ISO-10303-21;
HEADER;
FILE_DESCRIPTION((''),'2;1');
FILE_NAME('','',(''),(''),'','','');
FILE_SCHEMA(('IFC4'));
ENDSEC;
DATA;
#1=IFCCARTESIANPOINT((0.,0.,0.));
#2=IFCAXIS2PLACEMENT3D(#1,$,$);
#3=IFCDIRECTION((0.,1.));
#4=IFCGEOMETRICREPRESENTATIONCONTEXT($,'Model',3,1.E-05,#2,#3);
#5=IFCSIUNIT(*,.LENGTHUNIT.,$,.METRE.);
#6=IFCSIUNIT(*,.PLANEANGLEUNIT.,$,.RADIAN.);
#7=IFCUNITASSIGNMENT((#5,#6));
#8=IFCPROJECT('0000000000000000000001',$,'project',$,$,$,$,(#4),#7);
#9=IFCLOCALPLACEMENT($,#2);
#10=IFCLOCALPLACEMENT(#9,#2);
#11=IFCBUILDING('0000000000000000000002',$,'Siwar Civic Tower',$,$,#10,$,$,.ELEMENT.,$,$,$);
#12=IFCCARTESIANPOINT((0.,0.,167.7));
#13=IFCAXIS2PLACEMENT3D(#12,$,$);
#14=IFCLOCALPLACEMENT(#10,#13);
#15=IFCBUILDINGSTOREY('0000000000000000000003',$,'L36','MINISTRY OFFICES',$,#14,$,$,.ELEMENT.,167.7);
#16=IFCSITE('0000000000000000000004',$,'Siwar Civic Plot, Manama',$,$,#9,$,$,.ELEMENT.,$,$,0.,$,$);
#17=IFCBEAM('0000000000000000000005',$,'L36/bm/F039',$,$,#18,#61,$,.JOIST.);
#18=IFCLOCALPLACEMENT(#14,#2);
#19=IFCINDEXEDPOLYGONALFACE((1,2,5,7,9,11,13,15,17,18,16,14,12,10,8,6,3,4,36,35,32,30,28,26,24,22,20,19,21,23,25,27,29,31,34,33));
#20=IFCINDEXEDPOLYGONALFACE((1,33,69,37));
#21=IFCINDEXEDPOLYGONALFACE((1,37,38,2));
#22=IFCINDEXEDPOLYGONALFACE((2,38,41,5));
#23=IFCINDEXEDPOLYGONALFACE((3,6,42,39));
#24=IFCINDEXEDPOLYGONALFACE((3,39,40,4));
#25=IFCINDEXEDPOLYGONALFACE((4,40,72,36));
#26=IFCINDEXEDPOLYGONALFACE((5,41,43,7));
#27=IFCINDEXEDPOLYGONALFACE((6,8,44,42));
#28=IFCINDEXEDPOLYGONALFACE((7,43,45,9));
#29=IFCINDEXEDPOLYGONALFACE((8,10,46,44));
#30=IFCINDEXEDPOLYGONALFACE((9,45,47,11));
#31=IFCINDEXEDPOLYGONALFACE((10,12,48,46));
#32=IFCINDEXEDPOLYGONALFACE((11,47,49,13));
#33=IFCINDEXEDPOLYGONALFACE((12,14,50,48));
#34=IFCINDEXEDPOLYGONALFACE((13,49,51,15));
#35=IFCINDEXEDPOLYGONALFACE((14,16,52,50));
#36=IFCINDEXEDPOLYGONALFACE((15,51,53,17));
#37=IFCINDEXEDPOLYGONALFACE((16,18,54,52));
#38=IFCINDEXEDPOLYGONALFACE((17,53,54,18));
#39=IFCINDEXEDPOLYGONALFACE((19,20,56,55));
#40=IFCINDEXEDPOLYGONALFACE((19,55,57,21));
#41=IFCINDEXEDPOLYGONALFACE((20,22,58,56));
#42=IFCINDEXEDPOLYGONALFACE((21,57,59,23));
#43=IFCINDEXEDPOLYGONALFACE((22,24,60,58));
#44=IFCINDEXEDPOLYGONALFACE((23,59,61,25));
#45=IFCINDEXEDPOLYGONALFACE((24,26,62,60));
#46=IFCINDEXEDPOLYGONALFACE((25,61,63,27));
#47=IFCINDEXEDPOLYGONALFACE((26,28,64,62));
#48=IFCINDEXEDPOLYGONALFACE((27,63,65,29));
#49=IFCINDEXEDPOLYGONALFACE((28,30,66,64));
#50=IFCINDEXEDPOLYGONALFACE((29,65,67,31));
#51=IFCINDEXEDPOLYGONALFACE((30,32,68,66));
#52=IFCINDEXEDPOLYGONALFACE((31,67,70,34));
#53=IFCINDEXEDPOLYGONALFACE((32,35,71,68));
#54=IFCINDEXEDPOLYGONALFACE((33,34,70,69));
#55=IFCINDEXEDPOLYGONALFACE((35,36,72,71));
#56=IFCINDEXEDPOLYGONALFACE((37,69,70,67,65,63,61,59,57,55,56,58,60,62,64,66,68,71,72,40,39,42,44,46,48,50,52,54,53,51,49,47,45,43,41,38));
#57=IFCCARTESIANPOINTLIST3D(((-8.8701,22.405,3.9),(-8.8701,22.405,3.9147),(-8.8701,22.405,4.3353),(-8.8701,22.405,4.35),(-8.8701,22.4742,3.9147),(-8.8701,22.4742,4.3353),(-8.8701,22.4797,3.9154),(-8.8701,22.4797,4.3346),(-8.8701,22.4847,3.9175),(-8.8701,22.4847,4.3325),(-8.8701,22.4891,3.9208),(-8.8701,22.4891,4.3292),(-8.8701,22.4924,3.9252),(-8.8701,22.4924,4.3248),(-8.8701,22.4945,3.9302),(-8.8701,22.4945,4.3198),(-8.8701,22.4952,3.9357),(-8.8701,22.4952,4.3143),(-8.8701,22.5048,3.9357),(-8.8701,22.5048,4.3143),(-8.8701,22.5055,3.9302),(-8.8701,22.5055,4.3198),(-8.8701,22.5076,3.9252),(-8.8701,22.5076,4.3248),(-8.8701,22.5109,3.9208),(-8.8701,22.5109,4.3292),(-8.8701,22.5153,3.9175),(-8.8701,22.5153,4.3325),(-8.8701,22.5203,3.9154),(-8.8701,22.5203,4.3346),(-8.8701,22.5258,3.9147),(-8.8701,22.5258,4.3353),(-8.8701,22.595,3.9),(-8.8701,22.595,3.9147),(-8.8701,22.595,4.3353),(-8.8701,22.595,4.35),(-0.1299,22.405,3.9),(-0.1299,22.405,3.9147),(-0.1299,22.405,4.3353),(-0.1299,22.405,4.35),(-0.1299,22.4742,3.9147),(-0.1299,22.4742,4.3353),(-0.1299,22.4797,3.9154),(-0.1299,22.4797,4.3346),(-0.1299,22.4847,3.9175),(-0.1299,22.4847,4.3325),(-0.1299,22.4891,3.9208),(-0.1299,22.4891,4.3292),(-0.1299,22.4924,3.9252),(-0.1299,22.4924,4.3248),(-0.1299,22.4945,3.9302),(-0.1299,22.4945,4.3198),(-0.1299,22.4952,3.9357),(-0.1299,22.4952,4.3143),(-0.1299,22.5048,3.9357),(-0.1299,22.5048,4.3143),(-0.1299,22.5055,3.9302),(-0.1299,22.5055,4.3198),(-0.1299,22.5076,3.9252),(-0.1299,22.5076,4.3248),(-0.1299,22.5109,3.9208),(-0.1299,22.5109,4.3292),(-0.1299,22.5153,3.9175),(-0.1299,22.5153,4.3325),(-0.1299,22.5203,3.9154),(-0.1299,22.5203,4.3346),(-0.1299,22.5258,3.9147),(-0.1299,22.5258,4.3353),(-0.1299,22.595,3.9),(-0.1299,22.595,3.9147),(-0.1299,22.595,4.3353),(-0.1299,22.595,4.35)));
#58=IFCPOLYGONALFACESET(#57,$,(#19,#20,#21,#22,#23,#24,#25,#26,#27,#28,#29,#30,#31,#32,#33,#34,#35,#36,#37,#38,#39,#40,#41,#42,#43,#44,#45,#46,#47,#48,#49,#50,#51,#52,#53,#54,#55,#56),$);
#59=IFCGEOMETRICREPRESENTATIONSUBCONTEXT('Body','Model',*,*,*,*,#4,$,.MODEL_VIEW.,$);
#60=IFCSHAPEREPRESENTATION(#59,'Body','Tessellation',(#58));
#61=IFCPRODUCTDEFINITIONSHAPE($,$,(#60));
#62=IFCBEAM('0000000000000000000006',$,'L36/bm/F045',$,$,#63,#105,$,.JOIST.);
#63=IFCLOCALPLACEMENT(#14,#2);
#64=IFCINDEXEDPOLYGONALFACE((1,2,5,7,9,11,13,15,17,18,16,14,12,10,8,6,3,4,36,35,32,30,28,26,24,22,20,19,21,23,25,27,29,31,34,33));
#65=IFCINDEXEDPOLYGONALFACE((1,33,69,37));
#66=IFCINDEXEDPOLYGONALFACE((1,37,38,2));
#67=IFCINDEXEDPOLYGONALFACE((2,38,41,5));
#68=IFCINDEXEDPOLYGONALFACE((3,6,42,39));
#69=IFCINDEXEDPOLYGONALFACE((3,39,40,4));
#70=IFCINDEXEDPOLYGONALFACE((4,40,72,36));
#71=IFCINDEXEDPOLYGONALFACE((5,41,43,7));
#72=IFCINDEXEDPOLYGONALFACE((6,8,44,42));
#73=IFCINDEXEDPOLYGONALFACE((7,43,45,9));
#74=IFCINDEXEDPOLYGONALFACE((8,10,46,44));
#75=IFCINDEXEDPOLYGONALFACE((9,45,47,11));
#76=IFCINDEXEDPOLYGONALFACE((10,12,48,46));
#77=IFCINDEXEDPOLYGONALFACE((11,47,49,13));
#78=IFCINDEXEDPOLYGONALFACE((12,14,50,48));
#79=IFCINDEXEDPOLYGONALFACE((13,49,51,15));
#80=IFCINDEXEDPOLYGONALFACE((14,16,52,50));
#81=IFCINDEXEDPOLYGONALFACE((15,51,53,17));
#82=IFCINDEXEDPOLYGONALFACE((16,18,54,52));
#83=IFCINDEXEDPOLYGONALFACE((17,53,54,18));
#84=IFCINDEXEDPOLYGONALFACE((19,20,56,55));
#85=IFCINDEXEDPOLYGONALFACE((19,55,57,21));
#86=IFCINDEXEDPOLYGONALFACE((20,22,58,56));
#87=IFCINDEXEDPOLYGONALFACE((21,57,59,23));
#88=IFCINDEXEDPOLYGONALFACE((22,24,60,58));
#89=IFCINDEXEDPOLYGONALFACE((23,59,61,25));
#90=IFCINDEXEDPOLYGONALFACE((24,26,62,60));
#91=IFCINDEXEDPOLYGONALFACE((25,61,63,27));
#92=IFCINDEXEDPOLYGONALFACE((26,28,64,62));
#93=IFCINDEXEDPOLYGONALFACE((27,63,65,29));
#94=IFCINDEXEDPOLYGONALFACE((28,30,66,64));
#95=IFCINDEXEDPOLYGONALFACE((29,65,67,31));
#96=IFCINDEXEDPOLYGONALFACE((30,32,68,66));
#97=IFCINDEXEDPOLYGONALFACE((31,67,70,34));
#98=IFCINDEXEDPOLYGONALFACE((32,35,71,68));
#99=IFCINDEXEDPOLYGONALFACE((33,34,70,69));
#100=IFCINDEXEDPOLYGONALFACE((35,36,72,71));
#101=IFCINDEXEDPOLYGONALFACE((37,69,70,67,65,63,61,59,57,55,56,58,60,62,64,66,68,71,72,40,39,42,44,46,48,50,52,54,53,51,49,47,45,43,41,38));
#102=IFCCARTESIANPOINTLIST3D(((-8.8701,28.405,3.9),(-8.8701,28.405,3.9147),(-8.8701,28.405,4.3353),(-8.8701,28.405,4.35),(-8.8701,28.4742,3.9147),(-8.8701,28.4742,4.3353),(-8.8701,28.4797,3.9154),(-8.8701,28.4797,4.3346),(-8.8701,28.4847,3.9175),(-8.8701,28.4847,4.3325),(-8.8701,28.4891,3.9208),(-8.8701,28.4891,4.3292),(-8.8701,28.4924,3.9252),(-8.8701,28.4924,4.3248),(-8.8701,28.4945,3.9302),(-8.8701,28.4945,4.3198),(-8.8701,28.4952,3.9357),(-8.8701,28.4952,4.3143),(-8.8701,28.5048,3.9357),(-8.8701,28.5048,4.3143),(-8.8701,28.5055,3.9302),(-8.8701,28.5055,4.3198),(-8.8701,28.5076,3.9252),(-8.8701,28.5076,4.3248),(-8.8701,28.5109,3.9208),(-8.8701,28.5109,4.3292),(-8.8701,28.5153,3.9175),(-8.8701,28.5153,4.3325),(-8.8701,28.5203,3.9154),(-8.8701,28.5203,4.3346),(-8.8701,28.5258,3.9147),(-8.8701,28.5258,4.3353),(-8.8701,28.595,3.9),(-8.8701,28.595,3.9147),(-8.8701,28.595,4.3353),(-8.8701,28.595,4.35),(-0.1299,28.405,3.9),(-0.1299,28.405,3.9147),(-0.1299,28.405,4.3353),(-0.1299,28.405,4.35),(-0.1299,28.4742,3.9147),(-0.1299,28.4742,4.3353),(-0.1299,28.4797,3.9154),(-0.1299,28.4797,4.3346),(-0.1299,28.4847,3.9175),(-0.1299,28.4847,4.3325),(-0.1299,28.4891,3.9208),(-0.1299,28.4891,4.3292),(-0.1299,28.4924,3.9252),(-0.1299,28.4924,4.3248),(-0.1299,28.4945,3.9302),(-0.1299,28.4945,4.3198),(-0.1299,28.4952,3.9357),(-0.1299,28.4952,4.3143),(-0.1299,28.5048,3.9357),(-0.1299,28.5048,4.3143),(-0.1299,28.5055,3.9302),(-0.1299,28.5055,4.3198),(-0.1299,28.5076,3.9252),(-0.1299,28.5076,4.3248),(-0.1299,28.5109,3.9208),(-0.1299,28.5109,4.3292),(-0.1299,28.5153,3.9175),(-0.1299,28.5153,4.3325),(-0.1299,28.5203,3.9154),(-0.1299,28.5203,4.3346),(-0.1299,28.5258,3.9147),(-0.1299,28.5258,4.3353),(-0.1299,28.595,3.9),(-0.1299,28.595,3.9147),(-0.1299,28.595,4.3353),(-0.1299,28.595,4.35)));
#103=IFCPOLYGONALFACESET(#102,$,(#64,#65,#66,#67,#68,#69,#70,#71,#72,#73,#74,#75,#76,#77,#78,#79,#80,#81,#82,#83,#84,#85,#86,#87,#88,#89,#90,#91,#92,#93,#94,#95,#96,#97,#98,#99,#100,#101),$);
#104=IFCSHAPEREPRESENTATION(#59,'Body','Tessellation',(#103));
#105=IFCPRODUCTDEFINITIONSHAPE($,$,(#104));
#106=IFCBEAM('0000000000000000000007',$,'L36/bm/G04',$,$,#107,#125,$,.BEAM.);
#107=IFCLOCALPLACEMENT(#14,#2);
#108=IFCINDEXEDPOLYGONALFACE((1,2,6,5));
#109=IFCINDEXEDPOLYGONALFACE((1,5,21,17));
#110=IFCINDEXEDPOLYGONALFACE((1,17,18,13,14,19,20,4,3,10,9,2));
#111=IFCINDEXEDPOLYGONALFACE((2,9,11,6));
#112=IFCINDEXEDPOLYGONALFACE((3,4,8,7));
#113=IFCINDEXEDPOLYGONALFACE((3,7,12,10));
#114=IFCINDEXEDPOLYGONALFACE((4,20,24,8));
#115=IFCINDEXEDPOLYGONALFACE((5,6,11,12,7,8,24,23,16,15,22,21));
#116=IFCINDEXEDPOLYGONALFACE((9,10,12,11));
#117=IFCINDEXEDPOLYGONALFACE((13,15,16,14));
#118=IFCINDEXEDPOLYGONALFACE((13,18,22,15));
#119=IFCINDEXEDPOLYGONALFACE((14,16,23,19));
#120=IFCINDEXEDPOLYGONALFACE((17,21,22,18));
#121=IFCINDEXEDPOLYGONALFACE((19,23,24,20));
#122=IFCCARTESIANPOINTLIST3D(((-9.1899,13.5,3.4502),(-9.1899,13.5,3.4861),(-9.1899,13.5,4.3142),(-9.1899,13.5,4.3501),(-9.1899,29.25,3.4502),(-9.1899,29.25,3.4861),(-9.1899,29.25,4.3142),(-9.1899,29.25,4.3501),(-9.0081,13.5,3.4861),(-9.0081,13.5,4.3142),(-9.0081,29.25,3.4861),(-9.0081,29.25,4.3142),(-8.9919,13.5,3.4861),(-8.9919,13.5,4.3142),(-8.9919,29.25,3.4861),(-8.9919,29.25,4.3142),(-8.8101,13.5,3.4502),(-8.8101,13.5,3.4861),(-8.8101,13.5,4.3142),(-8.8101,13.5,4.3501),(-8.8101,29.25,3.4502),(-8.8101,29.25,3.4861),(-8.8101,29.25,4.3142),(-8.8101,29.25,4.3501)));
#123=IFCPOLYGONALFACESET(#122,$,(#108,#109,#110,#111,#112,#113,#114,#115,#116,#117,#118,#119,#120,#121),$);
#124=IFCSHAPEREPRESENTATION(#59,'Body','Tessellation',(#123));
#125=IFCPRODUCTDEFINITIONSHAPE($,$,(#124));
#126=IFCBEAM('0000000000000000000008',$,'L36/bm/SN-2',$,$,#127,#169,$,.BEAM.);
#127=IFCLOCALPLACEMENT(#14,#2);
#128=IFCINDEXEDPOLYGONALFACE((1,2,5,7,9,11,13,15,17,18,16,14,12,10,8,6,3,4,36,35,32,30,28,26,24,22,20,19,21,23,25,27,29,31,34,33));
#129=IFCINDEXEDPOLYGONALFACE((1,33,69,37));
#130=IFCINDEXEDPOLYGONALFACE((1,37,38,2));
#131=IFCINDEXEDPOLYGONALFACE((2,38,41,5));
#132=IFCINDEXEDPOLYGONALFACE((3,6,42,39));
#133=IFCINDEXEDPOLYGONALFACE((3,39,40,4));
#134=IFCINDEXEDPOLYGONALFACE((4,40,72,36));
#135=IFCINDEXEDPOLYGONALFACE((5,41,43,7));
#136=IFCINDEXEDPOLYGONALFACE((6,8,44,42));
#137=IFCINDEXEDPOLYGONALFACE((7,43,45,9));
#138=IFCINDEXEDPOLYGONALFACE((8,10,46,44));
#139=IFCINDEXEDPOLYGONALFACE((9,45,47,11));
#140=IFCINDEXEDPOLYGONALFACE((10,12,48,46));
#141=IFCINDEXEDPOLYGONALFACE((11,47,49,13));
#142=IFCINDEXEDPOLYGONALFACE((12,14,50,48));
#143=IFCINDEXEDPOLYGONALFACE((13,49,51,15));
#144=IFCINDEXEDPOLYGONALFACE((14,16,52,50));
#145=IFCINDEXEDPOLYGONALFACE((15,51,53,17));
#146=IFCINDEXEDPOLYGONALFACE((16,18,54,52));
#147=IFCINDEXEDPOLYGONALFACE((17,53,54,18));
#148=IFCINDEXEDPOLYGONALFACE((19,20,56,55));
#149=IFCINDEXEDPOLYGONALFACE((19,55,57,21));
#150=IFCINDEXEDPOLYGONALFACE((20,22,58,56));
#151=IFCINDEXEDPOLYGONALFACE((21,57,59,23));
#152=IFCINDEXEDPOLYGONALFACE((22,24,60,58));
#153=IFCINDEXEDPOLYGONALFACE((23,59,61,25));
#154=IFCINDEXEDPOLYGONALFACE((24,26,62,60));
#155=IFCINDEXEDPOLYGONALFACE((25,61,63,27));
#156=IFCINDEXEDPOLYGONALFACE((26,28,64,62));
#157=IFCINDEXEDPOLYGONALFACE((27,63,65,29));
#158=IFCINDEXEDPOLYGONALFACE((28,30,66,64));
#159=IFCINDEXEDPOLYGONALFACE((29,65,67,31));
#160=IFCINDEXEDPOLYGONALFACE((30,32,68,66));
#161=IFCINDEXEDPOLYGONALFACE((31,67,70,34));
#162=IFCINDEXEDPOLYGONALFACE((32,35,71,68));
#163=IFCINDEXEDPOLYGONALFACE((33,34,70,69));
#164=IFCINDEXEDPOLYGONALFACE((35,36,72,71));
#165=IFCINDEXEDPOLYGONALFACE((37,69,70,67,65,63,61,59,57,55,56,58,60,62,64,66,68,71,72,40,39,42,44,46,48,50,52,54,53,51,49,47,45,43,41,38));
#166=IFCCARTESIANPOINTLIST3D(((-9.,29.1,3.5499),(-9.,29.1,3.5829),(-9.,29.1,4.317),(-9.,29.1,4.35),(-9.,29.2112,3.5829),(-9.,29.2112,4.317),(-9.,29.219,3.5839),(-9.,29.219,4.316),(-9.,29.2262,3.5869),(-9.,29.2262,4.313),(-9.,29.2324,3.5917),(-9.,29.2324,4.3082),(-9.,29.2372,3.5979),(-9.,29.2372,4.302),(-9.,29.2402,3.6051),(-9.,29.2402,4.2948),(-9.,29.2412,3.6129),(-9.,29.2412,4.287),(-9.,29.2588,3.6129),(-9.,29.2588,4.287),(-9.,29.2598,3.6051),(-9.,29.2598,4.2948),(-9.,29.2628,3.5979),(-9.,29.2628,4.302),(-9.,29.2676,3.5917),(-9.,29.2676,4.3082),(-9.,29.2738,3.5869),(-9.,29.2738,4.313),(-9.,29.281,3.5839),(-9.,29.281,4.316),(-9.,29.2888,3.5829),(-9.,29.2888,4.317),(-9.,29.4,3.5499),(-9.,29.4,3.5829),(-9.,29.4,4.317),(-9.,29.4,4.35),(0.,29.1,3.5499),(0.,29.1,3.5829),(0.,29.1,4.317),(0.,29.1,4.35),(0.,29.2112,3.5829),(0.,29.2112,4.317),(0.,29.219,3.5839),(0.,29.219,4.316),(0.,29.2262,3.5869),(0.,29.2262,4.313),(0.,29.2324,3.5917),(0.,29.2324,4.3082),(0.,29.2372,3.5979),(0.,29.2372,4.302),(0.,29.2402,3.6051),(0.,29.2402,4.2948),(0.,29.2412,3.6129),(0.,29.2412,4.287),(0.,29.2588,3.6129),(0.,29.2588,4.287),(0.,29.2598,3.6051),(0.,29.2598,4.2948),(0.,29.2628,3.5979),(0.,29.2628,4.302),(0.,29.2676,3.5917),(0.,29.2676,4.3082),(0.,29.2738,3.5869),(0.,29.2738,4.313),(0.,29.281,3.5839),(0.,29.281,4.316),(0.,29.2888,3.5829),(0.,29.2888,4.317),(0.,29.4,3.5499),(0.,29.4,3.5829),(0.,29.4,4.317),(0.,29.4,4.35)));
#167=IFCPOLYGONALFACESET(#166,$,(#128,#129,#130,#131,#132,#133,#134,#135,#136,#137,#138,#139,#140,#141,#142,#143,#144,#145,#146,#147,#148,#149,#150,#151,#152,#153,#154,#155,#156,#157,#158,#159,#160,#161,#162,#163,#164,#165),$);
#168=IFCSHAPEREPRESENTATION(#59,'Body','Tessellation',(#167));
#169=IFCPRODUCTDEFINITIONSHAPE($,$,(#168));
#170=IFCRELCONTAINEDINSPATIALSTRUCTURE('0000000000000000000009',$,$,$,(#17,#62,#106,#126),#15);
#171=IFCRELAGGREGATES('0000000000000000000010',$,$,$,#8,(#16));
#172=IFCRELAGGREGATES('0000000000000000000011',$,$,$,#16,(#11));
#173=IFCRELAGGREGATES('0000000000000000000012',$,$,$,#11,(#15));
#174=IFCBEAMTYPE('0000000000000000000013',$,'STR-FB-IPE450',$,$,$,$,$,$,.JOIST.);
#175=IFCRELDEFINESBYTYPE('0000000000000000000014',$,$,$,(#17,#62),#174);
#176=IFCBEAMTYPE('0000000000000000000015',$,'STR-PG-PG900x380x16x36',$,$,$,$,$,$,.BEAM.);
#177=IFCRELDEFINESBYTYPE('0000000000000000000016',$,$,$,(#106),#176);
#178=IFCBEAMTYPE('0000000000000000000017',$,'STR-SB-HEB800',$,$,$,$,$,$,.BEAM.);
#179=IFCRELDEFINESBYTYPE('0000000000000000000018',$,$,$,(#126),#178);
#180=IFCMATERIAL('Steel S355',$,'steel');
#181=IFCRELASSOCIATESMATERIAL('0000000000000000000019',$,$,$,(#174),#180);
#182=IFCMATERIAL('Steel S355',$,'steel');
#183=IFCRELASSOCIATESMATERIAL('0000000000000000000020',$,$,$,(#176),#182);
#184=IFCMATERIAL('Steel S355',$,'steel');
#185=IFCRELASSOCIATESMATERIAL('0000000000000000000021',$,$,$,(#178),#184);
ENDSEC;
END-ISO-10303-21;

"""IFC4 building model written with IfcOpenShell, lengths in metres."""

from ifc_helpers import new_model, si_unit, direction, frame, origin, origin_2d, place, context, subcontext, project, spatial, i_section, extrude, material, material_profile, profile_set, type_object, element, save


model = new_model("IFC4")

# Units and contexts
model_context = context("Model", 3, precision=1e-05, world=origin(), true_north=direction((0.0, 1.0)))
body_context = subcontext(model_context, "Body", "Model", "MODEL_VIEW")
ifc_project = project(units=[si_unit("LENGTHUNIT", "METRE"), si_unit("PLANEANGLEUNIT", "RADIAN")], contexts=[model_context])

# Site, building, storey
site_placement = place(None, origin())
site = spatial("IfcSite", under=ifc_project, at=site_placement, Name="Siwar Civic Plot, Manama", CompositionType="ELEMENT", RefElevation=0.0)
building_placement = place(site_placement, origin())
building = spatial("IfcBuilding", under=site, at=building_placement, Name="Siwar Civic Tower", CompositionType="ELEMENT")
storey_placement = place(building_placement, frame((0.0, 0.0, 167.7)))
storey = spatial("IfcBuildingStorey", under=building, at=storey_placement, Name="L36", Description="MINISTRY OFFICES", CompositionType="ELEMENT", Elevation=167.7)

# Beams
ifc_material_1 = material(Name="Steel S355", Category="steel")
ifc_material_profile_1 = material_profile(ifc_material_1, i_section(OverallWidth=0.1899, OverallDepth=0.45, WebThickness=0.0095, FlangeThickness=0.0146, FilletRadius=0.021, at=origin_2d()), Name="IPE450")
ifc_profile_set_1 = profile_set([ifc_material_profile_1], Name="Steel S355")
beam_type_1 = type_object("IfcBeamType", Name="STR-FB-IPE450", PredefinedType="JOIST", material=ifc_profile_set_1)
for number, where, z_axis, x_axis, name in (
    (1, (-8.8701, 22.5, 4.125), (1.0, 0.0, 0.0), (0.0, 1.0, 0.0), "L36/bm/F039"),
    (2, (-8.8701, 28.5, 4.125), (1.0, 0.0, 0.0), (0.0, 1.0, 0.0), "L36/bm/F045"),
):
    element("IfcBeam", number, at=place(storey_placement, frame(where, z_axis=z_axis, x_axis=x_axis)), inside=storey, type_object=beam_type_1, Name=name, PredefinedType="JOIST", context=body_context, shape_type="SweptSolid", body=[
        extrude(i_section(OverallWidth=0.1899, OverallDepth=0.45, WebThickness=0.0095, FlangeThickness=0.0146, FilletRadius=0.021, at=origin_2d()), origin(), (0.0, 0.0, 1.0), 8.7402),
    ])
ifc_material_2 = material(Name="Steel S355", Category="steel")
ifc_material_profile_2 = material_profile(ifc_material_2, i_section(OverallWidth=0.3799, OverallDepth=0.8999, WebThickness=0.0161, FlangeThickness=0.0359, at=origin_2d()), Name="PG900x380x16x36")
ifc_profile_set_2 = profile_set([ifc_material_profile_2], Name="Steel S355")
beam_type_2 = type_object("IfcBeamType", Name="STR-PG-PG900x380x16x36", PredefinedType="BEAM", material=ifc_profile_set_2)
beam_1_placement = place(storey_placement, frame((-9.0, 13.5, 3.9001), z_axis=(0.0, 1.0, 0.0), x_axis=(-1.0, 0.0, 0.0)))
element("IfcBeam", 3, at=beam_1_placement, inside=storey, type_object=beam_type_2, Name="L36/bm/G04", PredefinedType="BEAM", context=body_context, shape_type="SweptSolid", body=[
    extrude(i_section(OverallWidth=0.3799, OverallDepth=0.8999, WebThickness=0.0161, FlangeThickness=0.0359, at=origin_2d()), origin(), (0.0, 0.0, 1.0), 15.75),
])
ifc_material_3 = material(Name="Steel S355", Category="steel")
ifc_material_profile_3 = material_profile(ifc_material_3, i_section(OverallWidth=0.3, OverallDepth=0.8, WebThickness=0.0176, FlangeThickness=0.033, FilletRadius=0.03, at=origin_2d()), Name="HEB800")
ifc_profile_set_3 = profile_set([ifc_material_profile_3], Name="Steel S355")
beam_type_3 = type_object("IfcBeamType", Name="STR-SB-HEB800", PredefinedType="BEAM", material=ifc_profile_set_3)
for number, where, z_axis, x_axis, name in (
    (4, (0.0, 29.25, 3.95), (-1.0, 0.0, 0.0), (0.0, -1.0, 0.0), "L36/bm/SN-2"),
):
    element("IfcBeam", number, at=place(storey_placement, frame(where, z_axis=z_axis, x_axis=x_axis)), inside=storey, type_object=beam_type_3, Name=name, PredefinedType="BEAM", context=body_context, shape_type="SweptSolid", body=[
        extrude(i_section(OverallWidth=0.3, OverallDepth=0.8, WebThickness=0.0176, FlangeThickness=0.033, FilletRadius=0.03, at=origin_2d()), origin(), (0.0, 0.0, 1.0), 9.0),
    ])

save(model, "model.ifc")
